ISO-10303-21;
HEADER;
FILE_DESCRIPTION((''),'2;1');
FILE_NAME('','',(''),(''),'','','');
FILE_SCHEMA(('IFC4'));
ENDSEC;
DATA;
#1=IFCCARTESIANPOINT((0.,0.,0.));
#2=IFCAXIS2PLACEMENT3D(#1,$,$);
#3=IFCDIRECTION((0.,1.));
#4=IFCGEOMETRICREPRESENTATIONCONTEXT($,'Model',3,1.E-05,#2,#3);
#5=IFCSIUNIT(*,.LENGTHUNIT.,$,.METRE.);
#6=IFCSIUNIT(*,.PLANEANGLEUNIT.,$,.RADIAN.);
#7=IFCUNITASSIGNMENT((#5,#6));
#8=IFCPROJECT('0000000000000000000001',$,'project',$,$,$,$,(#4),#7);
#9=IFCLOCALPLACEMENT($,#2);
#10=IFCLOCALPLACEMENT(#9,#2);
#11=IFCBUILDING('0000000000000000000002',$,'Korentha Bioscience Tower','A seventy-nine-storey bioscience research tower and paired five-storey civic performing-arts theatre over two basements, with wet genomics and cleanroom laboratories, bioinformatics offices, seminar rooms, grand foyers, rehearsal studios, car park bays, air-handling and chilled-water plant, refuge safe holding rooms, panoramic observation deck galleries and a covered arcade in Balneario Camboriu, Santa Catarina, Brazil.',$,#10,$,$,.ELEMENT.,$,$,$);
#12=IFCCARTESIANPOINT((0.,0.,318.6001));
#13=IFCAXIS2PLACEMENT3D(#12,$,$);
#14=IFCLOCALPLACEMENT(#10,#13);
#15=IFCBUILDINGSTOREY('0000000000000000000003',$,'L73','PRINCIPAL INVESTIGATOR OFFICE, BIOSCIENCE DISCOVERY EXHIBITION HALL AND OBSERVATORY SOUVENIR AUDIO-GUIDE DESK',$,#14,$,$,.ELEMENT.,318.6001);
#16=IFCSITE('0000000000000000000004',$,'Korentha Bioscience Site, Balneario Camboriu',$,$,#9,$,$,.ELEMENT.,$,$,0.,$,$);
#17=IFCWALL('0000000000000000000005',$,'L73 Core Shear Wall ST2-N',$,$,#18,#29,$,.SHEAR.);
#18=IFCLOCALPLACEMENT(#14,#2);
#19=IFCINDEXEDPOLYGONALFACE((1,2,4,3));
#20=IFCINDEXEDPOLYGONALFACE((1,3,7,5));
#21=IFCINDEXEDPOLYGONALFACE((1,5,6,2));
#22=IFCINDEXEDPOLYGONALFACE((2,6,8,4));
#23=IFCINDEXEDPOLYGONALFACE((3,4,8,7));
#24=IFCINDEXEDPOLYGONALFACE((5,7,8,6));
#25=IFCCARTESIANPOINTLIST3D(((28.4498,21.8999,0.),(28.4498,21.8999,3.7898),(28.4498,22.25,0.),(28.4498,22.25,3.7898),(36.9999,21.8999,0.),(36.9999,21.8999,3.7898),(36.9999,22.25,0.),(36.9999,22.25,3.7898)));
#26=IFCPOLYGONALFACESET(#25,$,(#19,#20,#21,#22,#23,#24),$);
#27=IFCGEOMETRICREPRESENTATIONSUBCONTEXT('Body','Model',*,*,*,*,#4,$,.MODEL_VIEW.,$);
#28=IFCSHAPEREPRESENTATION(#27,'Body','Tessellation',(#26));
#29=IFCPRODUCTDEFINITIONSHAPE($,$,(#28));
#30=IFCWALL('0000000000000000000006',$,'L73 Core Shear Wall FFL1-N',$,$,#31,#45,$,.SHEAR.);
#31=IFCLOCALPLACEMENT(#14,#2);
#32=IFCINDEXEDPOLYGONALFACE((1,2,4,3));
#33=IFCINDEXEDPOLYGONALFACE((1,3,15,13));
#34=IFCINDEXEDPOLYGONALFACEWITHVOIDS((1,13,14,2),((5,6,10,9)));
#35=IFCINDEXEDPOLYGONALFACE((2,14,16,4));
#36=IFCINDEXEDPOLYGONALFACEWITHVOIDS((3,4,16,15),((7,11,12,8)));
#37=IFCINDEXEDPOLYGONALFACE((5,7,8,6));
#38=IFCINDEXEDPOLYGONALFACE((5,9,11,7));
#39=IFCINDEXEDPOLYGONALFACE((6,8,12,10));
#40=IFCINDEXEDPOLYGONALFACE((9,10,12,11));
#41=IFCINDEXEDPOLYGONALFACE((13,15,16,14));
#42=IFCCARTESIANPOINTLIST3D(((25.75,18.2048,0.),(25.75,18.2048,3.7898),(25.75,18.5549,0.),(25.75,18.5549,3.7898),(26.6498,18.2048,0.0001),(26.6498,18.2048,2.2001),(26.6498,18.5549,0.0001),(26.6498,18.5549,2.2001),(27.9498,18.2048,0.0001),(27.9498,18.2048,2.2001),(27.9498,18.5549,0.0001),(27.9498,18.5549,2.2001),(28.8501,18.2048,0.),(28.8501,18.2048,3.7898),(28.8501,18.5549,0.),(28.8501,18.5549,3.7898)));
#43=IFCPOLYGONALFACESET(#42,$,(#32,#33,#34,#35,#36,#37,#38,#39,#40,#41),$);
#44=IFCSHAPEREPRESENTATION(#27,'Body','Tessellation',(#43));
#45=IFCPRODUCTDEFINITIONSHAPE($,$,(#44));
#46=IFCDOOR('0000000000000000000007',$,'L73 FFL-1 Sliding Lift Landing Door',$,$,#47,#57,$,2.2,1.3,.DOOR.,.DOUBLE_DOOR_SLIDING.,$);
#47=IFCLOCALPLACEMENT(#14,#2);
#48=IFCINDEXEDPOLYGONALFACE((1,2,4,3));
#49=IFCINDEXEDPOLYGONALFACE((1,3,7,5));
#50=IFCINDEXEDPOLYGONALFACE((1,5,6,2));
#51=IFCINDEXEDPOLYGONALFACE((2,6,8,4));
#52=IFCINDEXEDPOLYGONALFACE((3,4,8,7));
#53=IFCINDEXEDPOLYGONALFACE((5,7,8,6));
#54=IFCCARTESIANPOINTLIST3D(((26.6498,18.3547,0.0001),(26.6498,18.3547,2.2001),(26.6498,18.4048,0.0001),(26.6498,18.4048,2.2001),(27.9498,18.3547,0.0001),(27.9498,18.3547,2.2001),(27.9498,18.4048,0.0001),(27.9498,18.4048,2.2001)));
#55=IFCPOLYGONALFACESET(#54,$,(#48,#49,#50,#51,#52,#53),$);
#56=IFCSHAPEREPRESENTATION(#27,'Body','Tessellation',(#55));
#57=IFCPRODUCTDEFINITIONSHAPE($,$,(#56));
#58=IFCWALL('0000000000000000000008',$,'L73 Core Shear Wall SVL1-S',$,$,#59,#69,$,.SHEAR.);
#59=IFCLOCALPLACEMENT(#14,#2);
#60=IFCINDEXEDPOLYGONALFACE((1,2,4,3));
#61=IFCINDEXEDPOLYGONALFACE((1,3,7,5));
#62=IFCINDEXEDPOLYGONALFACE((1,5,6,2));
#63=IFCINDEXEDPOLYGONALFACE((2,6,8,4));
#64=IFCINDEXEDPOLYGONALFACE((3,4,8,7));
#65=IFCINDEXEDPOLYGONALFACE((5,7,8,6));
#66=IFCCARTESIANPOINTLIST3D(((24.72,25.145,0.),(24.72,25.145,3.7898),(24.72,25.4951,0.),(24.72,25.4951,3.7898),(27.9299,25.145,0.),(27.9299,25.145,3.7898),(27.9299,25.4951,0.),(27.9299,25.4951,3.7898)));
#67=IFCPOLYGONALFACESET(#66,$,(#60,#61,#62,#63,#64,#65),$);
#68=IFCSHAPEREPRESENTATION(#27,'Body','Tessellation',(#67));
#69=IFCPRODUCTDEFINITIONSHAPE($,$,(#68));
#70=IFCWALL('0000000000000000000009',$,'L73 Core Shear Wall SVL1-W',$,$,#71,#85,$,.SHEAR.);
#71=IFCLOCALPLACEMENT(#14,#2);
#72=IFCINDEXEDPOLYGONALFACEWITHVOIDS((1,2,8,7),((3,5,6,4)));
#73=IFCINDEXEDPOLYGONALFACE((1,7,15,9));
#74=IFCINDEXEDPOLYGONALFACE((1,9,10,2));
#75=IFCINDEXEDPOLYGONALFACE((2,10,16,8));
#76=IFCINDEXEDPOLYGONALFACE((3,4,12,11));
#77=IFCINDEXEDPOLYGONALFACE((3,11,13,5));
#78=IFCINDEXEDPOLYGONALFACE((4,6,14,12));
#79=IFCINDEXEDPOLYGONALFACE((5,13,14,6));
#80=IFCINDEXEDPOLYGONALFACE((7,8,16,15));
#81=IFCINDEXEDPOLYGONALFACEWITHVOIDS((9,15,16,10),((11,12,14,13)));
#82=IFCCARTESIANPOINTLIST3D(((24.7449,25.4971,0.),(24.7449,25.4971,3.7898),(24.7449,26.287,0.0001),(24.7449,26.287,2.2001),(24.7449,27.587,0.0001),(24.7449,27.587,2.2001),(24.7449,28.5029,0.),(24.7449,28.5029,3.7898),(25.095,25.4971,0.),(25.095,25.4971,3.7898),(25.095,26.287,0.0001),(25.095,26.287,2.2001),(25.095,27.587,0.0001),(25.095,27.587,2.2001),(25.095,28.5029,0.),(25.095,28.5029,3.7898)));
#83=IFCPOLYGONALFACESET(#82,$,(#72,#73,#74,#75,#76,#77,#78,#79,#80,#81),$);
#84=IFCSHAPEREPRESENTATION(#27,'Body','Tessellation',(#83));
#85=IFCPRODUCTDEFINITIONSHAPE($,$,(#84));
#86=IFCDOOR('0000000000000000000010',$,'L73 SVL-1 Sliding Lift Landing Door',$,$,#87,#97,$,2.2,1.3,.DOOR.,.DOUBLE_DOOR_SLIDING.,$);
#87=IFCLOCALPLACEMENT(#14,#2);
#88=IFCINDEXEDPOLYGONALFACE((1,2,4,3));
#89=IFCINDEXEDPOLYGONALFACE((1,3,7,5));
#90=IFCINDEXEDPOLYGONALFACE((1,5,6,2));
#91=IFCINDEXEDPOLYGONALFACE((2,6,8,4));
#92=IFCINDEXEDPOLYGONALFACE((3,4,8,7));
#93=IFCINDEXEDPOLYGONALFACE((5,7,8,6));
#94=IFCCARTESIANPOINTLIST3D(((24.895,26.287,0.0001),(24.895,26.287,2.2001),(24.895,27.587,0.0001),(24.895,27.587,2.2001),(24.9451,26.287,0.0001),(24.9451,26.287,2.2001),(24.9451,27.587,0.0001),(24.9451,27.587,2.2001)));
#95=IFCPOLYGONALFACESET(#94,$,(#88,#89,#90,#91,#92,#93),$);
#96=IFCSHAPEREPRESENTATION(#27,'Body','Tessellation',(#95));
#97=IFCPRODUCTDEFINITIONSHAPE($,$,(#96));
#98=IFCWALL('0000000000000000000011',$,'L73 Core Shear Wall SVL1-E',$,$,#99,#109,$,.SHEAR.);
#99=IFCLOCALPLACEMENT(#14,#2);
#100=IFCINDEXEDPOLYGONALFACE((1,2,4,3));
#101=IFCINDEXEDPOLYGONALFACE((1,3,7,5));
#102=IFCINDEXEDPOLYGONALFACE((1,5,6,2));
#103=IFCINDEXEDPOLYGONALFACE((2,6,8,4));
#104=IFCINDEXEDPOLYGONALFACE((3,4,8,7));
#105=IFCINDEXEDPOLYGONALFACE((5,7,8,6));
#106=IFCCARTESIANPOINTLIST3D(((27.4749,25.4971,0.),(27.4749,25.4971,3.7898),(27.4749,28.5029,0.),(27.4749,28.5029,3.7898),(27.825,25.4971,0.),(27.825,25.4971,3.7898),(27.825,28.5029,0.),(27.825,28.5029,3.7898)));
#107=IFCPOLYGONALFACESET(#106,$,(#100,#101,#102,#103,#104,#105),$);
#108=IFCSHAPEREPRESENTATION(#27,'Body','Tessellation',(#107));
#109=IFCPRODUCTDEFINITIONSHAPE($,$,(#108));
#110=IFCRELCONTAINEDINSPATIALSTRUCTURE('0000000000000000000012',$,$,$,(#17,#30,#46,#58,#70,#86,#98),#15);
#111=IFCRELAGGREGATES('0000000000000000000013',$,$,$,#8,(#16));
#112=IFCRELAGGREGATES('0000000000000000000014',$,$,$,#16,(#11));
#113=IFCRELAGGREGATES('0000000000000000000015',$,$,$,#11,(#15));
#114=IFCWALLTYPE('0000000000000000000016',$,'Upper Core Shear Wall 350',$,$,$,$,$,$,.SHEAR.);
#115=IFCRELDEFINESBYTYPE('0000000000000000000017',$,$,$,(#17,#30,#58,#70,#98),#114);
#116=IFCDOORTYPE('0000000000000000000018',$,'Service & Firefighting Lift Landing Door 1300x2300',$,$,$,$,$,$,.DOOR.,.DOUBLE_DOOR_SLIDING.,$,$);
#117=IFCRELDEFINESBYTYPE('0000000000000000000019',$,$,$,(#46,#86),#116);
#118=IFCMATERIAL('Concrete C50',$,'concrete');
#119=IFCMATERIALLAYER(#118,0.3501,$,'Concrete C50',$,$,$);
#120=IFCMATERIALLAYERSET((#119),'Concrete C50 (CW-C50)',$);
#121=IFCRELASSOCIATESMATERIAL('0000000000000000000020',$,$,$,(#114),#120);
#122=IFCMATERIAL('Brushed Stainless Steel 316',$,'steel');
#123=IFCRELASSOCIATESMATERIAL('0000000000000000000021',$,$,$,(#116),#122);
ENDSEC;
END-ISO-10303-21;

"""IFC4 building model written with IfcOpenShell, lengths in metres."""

from ifc_helpers import new_model, si_unit, direction, frame, frame_2d, origin, place, context, subcontext, project, spatial, rectangle, extrude, material, layer, layer_set, type_object, element, fill, save


model = new_model("IFC4")

# Units and contexts
model_context = context("Model", 3, precision=1e-05, world=origin(), true_north=direction((0.0, 1.0)))
body_context = subcontext(model_context, "Body", "Model", "MODEL_VIEW")
ifc_project = project(units=[si_unit("LENGTHUNIT", "METRE"), si_unit("PLANEANGLEUNIT", "RADIAN")], contexts=[model_context])

# Site, building, storey
site_placement = place(None, origin())
site = spatial("IfcSite", under=ifc_project, at=site_placement, Name="Korentha Bioscience Site, Balneario Camboriu", CompositionType="ELEMENT", RefElevation=0.0)
building_placement = place(site_placement, origin())
building = spatial("IfcBuilding", under=site, at=building_placement, Name="Korentha Bioscience Tower", Description="A seventy-nine-storey bioscience research tower and paired five-storey civic performing-arts theatre over two basements, with wet genomics and cleanroom laboratories, bioinformatics offices, seminar rooms, grand foyers, rehearsal studios, car park bays, air-handling and chilled-water plant, refuge safe holding rooms, panoramic observation deck galleries and a covered arcade in Balneario Camboriu, Santa Catarina, Brazil.", CompositionType="ELEMENT")
storey_placement = place(building_placement, frame((0.0, 0.0, 318.6001)))
storey = spatial("IfcBuildingStorey", under=building, at=storey_placement, Name="L73", Description="PRINCIPAL INVESTIGATOR OFFICE, BIOSCIENCE DISCOVERY EXHIBITION HALL AND OBSERVATORY SOUVENIR AUDIO-GUIDE DESK", CompositionType="ELEMENT", Elevation=318.6001)

# Wall
ifc_material_1 = material(Name="Concrete C50", Category="concrete")
ifc_layer_1 = layer(ifc_material_1, 0.3501, Name="Concrete C50")
ifc_layer_set_1 = layer_set([ifc_layer_1], Name="Concrete C50 (CW-C50)")
wall_type_1 = type_object("IfcWallType", Name="Upper Core Shear Wall 350", PredefinedType="SHEAR", material=ifc_layer_set_1)
wall_1_placement = place(storey_placement, frame((28.45, 22.075, 0.0), z_axis=(0.0, 0.0, 1.0), x_axis=(1.0, 0.0, 0.0)))
element("IfcWall", 1, at=wall_1_placement, inside=storey, type_object=wall_type_1, Name="L73 Core Shear Wall ST2-N", PredefinedType="SHEAR", context=body_context, shape_type="SweptSolid", body=[
    extrude(rectangle(XDim=8.55, YDim=0.3501, at=frame_2d((4.2749, 0.0))), origin(), (0.0, 0.0, 1.0), 3.7898),
])

# Wall, opening, door
wall_2_placement = place(storey_placement, frame((25.75, 18.3799, 0.0), z_axis=(0.0, 0.0, 1.0), x_axis=(1.0, 0.0, 0.0)))
wall_2 = element("IfcWall", 2, at=wall_2_placement, inside=storey, type_object=wall_type_1, Name="L73 Core Shear Wall FFL1-N", PredefinedType="SHEAR", context=body_context, shape_type="SweptSolid", body=[
    extrude(rectangle(XDim=3.1001, YDim=0.3501, at=frame_2d((1.55, 0.0))), origin(), (0.0, 0.0, 1.0), 3.7898),
])
opening_1_placement = place(wall_2_placement, frame((0.8999, 0.0, 0.0)))
opening_1 = element("IfcOpeningElement", 3, at=opening_1_placement, cuts=wall_2, PredefinedType="OPENING", context=body_context, shape_type="SweptSolid", body=[
    extrude(rectangle(XDim=1.3, YDim=2.2, at=frame_2d((0.6499, 1.1001))), frame((0.0, 0.1899, 0.0), z_axis=(0.0, -1.0, 0.0), x_axis=(1.0, 0.0, 0.0)), (0.0, 0.0, 1.0), 0.3799),
])
ifc_material_2 = material(Name="Brushed Stainless Steel 316", Category="steel")
door_type_1 = type_object("IfcDoorType", Name="Service & Firefighting Lift Landing Door 1300x2300", OperationType="DOUBLE_DOOR_SLIDING", PredefinedType="DOOR", material=ifc_material_2)
door_1_placement = place(opening_1_placement, origin())
door_1 = element("IfcDoor", 4, at=door_1_placement, inside=storey, type_object=door_type_1, Name="L73 FFL-1 Sliding Lift Landing Door", OperationType="DOUBLE_DOOR_SLIDING", OverallHeight=2.2, OverallWidth=1.3, PredefinedType="DOOR", context=body_context, shape_type="SweptSolid", body=[
    extrude(rectangle(XDim=1.3, YDim=2.2, at=frame_2d((0.6499, 1.1001))), frame((0.0, 0.0249, 0.0), z_axis=(0.0, -1.0, 0.0), x_axis=(1.0, 0.0, 0.0)), (0.0, 0.0, 1.0), 0.05),
])
fill(opening_1, door_1)

# Wall
wall_3_placement = place(storey_placement, frame((24.72, 25.3201, 0.0), z_axis=(0.0, 0.0, 1.0), x_axis=(1.0, 0.0, 0.0)))
element("IfcWall", 5, at=wall_3_placement, inside=storey, type_object=wall_type_1, Name="L73 Core Shear Wall SVL1-S", PredefinedType="SHEAR", context=body_context, shape_type="SweptSolid", body=[
    extrude(rectangle(XDim=3.21, YDim=0.3501, at=frame_2d((1.605, 0.0))), origin(), (0.0, 0.0, 1.0), 3.7898),
])

# Wall, opening, door
wall_4_placement = place(storey_placement, frame((24.9199, 25.4971, 0.0), z_axis=(0.0, 0.0, 1.0), x_axis=(0.0, 1.0, 0.0)))
wall_4 = element("IfcWall", 6, at=wall_4_placement, inside=storey, type_object=wall_type_1, Name="L73 Core Shear Wall SVL1-W", PredefinedType="SHEAR", context=body_context, shape_type="SweptSolid", body=[
    extrude(rectangle(XDim=3.0059, YDim=0.3501, at=frame_2d((1.5029, 0.0))), origin(), (0.0, 0.0, 1.0), 3.7898),
])
opening_2_placement = place(wall_4_placement, frame((0.79, 0.0, 0.0)))
opening_2 = element("IfcOpeningElement", 7, at=opening_2_placement, cuts=wall_4, PredefinedType="OPENING", context=body_context, shape_type="SweptSolid", body=[
    extrude(rectangle(XDim=1.3, YDim=2.2, at=frame_2d((0.6499, 1.1001))), frame((0.0, 0.1899, 0.0), z_axis=(0.0, -1.0, 0.0), x_axis=(1.0, 0.0, 0.0)), (0.0, 0.0, 1.0), 0.3799),
])
door_2_placement = place(opening_2_placement, origin())
door_2 = element("IfcDoor", 8, at=door_2_placement, inside=storey, type_object=door_type_1, Name="L73 SVL-1 Sliding Lift Landing Door", OperationType="DOUBLE_DOOR_SLIDING", OverallHeight=2.2, OverallWidth=1.3, PredefinedType="DOOR", context=body_context, shape_type="SweptSolid", body=[
    extrude(rectangle(XDim=1.3, YDim=2.2, at=frame_2d((0.6499, 1.1001))), frame((0.0, 0.0249, 0.0), z_axis=(0.0, -1.0, 0.0), x_axis=(1.0, 0.0, 0.0)), (0.0, 0.0, 1.0), 0.05),
])
fill(opening_2, door_2)

# Wall
wall_5_placement = place(storey_placement, frame((27.6499, 25.4971, 0.0), z_axis=(0.0, 0.0, 1.0), x_axis=(0.0, 1.0, 0.0)))
element("IfcWall", 9, at=wall_5_placement, inside=storey, type_object=wall_type_1, Name="L73 Core Shear Wall SVL1-E", PredefinedType="SHEAR", context=body_context, shape_type="SweptSolid", body=[
    extrude(rectangle(XDim=3.0059, YDim=0.3501, at=frame_2d((1.5029, 0.0))), origin(), (0.0, 0.0, 1.0), 3.7898),
])

save(model, "model.ifc")
